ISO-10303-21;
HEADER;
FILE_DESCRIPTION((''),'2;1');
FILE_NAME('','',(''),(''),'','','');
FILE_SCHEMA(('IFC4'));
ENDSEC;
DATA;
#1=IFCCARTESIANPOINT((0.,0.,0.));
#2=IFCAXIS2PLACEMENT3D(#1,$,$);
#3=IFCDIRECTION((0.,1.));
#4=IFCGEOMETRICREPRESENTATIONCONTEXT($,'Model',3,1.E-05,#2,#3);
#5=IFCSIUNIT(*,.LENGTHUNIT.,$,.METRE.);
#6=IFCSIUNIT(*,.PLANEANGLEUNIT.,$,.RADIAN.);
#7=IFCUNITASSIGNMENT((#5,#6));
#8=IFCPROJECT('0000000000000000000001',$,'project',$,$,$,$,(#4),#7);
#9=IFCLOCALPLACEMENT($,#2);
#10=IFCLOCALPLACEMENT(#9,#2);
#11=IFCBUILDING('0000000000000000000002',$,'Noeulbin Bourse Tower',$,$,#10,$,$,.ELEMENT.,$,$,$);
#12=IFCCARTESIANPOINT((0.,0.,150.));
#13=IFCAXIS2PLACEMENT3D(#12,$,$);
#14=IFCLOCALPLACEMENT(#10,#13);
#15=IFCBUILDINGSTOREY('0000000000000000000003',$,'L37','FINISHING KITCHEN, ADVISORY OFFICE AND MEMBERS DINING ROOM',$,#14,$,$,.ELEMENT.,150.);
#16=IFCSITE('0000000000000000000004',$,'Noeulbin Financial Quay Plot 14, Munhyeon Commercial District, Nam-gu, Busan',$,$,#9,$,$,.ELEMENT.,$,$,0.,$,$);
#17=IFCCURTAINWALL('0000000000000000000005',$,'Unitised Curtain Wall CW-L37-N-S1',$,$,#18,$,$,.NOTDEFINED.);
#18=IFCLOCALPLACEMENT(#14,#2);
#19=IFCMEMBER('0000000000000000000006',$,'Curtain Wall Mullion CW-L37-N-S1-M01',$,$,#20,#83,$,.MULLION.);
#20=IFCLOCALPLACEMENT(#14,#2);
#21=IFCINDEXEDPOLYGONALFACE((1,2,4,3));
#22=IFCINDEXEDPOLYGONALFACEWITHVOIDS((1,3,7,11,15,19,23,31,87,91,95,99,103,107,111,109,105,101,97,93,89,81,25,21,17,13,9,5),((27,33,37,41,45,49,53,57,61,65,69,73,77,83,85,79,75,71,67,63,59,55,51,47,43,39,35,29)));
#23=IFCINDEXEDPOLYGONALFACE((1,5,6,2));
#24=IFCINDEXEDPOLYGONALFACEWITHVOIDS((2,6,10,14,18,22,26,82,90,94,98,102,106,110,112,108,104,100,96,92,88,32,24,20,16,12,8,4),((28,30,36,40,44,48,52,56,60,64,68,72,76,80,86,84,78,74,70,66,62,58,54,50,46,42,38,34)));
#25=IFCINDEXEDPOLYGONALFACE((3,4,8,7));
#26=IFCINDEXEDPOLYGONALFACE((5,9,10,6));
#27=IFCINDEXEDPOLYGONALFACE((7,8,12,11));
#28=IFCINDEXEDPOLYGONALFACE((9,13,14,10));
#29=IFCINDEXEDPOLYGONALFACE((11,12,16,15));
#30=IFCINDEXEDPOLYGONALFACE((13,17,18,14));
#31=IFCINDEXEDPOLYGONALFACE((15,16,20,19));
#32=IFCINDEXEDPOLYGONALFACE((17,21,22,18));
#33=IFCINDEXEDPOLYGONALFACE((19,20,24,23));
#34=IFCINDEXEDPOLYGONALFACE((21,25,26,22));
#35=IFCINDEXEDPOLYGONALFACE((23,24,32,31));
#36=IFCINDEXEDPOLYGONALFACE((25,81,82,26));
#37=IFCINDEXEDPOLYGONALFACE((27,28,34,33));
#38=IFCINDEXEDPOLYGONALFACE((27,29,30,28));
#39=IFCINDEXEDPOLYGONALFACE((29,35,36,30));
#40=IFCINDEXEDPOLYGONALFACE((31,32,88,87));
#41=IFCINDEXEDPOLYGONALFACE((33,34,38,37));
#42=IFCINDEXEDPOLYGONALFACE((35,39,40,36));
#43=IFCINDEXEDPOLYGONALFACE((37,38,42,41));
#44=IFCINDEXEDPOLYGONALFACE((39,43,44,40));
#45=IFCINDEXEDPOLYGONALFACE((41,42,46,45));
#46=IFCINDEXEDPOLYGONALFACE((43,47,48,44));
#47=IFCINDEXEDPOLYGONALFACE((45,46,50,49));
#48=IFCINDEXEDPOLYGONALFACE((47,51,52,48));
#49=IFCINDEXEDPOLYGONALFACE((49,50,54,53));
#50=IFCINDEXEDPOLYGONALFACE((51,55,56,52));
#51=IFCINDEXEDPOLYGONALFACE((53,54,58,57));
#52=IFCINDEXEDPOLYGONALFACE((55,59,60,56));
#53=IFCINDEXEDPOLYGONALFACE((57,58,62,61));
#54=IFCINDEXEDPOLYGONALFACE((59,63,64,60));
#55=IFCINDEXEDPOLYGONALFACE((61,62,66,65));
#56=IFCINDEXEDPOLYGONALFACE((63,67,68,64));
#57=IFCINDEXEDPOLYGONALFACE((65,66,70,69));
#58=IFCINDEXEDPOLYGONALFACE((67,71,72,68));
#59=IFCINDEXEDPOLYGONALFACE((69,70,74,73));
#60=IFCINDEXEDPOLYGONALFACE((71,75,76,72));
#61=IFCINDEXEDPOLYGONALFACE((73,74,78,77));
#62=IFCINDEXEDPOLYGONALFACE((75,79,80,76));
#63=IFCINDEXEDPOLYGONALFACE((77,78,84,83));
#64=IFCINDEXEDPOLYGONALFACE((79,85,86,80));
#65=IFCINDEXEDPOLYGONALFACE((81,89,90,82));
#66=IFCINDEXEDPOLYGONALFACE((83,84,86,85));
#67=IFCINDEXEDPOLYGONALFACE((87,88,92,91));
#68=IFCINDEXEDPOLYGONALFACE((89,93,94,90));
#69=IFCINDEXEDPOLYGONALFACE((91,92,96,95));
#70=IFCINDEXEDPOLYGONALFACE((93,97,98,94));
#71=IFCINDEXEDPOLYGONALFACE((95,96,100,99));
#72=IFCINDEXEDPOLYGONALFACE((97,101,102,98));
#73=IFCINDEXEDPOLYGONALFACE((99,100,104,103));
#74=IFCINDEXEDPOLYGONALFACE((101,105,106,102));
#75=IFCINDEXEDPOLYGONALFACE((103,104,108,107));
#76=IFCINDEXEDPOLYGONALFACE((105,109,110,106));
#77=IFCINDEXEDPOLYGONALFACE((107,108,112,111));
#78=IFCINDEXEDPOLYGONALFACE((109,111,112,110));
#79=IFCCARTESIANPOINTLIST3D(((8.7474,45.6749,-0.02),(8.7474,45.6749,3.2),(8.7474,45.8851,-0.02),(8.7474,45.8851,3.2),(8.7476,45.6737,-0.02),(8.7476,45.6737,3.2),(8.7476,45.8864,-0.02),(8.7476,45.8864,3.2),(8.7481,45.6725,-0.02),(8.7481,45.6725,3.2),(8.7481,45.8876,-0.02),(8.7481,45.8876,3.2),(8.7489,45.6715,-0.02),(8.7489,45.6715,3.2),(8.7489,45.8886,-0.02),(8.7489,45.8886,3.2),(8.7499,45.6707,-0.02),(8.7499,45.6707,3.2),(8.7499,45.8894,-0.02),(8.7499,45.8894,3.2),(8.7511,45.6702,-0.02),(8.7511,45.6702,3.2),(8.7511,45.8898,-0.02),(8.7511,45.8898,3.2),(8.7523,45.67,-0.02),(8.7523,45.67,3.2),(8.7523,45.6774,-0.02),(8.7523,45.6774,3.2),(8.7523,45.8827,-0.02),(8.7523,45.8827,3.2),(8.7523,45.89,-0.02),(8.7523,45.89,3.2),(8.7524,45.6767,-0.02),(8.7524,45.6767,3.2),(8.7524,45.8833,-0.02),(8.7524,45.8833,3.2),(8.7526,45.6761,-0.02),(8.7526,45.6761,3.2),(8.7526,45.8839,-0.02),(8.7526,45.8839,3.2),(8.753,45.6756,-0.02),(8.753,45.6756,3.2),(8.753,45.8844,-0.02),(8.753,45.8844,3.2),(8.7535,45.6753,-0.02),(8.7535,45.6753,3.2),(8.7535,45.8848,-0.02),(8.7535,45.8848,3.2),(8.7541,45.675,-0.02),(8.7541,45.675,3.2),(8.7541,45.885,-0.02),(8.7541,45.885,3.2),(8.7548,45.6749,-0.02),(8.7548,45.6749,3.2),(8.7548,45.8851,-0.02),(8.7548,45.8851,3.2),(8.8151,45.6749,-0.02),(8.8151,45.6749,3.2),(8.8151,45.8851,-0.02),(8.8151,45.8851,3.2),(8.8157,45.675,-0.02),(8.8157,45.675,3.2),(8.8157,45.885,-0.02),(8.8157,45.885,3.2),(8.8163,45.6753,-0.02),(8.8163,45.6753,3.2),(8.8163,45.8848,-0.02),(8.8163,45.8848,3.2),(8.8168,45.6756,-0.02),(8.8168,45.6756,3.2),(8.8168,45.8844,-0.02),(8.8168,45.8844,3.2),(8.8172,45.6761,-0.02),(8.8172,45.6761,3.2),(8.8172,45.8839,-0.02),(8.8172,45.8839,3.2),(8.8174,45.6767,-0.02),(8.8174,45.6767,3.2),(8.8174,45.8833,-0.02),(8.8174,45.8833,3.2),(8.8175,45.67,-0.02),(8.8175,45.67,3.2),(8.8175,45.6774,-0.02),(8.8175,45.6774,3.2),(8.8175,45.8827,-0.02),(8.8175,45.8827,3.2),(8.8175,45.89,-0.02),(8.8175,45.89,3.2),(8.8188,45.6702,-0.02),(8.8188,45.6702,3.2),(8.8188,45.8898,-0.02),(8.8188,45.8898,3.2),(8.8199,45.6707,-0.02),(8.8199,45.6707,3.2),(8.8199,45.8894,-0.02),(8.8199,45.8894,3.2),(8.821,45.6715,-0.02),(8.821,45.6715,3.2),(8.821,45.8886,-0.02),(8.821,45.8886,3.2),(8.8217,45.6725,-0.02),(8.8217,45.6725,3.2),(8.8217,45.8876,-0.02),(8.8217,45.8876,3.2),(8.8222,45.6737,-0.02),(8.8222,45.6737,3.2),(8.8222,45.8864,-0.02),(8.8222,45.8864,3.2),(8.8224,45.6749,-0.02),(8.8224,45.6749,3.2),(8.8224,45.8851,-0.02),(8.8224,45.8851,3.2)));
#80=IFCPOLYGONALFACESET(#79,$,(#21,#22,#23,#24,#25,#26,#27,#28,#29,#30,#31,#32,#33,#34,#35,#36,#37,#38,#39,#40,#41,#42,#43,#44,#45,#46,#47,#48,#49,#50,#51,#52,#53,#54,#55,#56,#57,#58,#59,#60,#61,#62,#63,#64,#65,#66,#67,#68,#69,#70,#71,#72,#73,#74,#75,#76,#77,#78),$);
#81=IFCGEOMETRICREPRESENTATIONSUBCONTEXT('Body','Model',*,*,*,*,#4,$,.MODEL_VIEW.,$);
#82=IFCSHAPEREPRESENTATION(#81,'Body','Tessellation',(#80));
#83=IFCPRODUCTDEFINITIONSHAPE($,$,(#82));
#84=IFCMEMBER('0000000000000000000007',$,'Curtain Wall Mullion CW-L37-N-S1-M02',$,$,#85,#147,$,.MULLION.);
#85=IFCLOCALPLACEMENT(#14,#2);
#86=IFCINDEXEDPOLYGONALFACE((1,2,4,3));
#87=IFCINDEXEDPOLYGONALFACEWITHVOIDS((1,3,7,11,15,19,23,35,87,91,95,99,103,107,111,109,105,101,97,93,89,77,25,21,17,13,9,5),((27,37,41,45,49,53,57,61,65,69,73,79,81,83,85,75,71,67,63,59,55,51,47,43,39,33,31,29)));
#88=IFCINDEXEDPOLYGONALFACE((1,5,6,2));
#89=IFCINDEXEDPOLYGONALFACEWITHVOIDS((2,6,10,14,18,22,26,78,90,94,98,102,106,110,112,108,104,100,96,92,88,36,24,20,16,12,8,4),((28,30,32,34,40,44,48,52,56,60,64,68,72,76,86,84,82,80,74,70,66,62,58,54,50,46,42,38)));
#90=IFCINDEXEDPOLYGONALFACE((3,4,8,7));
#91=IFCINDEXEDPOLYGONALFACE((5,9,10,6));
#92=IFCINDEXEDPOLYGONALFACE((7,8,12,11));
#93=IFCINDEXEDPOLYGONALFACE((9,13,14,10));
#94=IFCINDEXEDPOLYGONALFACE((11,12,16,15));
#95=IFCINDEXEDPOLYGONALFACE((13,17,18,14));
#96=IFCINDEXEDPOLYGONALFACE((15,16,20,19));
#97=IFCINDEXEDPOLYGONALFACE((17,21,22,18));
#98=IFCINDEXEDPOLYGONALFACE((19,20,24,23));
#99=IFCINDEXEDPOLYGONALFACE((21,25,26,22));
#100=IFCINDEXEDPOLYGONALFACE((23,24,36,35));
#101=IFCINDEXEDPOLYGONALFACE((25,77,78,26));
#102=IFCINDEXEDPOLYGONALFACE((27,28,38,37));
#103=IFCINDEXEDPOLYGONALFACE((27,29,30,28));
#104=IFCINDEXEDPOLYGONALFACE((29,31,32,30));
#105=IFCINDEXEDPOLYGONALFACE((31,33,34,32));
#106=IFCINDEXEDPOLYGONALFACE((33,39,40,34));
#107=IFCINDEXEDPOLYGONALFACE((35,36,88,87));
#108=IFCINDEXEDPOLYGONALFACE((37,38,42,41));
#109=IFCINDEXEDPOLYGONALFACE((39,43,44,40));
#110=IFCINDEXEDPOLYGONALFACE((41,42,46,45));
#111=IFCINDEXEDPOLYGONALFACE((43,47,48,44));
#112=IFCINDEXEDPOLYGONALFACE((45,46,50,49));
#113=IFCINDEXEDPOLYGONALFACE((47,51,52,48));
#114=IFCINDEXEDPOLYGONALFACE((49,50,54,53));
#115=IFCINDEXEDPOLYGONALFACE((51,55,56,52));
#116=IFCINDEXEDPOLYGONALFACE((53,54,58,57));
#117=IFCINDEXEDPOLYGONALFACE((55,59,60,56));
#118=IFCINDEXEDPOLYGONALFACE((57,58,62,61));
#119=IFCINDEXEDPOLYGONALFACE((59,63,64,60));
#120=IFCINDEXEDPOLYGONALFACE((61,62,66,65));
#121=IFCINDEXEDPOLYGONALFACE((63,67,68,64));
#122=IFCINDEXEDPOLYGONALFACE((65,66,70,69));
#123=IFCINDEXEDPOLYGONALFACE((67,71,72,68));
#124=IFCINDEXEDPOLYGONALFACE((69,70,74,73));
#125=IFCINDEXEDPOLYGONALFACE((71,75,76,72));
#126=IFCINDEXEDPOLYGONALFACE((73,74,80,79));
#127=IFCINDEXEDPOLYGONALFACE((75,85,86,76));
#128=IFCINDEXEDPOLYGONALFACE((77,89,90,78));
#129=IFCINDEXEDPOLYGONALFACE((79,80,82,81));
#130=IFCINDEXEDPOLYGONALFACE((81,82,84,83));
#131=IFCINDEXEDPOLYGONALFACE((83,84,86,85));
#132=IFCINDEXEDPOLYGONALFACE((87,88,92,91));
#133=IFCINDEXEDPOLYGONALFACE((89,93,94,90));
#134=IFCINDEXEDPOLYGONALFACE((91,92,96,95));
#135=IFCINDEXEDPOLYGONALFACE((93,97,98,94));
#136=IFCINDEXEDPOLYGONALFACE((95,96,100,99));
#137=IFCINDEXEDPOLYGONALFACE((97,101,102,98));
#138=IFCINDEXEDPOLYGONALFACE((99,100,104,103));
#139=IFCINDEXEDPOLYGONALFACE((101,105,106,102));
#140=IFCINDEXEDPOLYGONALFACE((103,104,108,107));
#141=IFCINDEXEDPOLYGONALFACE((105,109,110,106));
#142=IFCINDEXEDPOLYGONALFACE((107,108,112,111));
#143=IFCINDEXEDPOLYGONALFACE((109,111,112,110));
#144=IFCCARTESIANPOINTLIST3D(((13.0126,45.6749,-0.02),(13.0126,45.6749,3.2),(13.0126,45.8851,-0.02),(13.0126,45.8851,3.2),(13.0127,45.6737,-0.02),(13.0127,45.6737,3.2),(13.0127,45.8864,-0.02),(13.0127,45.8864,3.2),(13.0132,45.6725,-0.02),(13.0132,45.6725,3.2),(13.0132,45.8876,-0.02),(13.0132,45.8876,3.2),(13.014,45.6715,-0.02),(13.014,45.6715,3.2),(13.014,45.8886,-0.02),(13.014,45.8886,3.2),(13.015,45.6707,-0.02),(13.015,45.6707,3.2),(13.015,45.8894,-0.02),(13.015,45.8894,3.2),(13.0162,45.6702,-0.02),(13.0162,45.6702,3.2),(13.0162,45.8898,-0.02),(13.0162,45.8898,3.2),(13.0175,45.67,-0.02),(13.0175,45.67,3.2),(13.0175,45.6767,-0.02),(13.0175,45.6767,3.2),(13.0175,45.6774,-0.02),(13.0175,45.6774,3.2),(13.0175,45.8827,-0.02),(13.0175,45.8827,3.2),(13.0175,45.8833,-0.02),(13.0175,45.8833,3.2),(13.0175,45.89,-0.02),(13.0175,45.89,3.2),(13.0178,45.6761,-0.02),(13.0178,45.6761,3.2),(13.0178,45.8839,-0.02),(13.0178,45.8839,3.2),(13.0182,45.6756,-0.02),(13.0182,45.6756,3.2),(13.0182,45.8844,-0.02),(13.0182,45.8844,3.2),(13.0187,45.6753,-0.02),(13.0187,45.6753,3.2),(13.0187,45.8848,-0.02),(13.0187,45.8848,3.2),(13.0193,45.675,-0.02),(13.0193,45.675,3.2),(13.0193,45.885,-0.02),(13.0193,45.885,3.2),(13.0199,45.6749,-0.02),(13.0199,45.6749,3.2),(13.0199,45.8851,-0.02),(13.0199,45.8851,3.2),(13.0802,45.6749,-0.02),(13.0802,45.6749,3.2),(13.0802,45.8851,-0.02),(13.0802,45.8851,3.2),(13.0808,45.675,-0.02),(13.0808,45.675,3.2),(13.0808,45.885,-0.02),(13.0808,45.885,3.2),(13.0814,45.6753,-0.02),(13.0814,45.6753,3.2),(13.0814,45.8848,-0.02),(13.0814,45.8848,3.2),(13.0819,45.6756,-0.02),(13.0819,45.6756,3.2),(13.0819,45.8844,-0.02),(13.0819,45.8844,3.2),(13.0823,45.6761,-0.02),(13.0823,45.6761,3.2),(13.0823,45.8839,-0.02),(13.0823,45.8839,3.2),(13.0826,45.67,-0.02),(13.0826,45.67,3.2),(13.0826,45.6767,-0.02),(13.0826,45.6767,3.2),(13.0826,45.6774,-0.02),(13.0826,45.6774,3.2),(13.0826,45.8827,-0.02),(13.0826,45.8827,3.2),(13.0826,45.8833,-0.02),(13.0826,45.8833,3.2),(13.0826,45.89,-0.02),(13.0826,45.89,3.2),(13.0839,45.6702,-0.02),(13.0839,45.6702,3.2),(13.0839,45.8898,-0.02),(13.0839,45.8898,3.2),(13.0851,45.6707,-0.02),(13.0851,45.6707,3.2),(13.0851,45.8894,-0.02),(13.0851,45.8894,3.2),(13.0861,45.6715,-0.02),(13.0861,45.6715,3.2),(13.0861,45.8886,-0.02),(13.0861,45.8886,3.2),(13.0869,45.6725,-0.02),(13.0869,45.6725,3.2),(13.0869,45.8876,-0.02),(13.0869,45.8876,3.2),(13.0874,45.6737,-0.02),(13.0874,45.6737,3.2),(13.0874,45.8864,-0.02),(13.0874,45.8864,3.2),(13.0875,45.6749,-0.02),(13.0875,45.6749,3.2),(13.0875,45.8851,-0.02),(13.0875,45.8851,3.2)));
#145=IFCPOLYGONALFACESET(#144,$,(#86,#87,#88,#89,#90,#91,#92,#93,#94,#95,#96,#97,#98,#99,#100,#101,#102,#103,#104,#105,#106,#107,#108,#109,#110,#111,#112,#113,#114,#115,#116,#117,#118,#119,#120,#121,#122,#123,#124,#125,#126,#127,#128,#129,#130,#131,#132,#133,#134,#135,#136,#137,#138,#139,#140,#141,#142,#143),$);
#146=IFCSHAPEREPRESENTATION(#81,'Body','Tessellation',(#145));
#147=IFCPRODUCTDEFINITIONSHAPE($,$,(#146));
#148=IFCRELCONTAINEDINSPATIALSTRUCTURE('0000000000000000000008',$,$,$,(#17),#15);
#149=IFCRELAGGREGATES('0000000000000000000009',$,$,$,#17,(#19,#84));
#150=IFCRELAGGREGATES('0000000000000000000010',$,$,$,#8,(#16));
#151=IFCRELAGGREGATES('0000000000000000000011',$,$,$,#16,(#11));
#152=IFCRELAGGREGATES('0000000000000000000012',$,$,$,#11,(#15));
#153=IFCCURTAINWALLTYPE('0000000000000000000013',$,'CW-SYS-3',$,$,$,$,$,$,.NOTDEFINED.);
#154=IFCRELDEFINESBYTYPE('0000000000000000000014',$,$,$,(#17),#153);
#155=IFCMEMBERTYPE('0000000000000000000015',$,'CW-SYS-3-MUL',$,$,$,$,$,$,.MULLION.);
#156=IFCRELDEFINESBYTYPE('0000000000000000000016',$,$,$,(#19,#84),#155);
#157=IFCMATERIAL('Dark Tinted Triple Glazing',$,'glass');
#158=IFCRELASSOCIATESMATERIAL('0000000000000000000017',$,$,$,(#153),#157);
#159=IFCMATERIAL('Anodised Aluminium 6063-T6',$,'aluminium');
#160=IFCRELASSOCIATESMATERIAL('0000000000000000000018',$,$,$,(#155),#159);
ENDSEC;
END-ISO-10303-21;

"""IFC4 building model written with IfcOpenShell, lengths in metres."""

from ifc_helpers import new_model, si_unit, direction, frame, origin, origin_2d, place, context, subcontext, project, spatial, hollow_rectangle, extrude, material, material_profile, profile_set, type_object, element, aggregate, save


model = new_model("IFC4")

# Units and contexts
model_context = context("Model", 3, precision=1e-05, world=origin(), true_north=direction((0.0, 1.0)))
body_context = subcontext(model_context, "Body", "Model", "MODEL_VIEW")
ifc_project = project(units=[si_unit("LENGTHUNIT", "METRE"), si_unit("PLANEANGLEUNIT", "RADIAN")], contexts=[model_context])

# Site, building, storey
site_placement = place(None, origin())
site = spatial("IfcSite", under=ifc_project, at=site_placement, Name="Noeulbin Financial Quay Plot 14, Munhyeon Commercial District, Nam-gu, Busan", CompositionType="ELEMENT", RefElevation=0.0)
building_placement = place(site_placement, origin())
building = spatial("IfcBuilding", under=site, at=building_placement, Name="Noeulbin Bourse Tower", CompositionType="ELEMENT")
storey_placement = place(building_placement, frame((0.0, 0.0, 150.0)))
storey = spatial("IfcBuildingStorey", under=building, at=storey_placement, Name="L37", Description="FINISHING KITCHEN, ADVISORY OFFICE AND MEMBERS DINING ROOM", CompositionType="ELEMENT", Elevation=150.0)

# Curtain wall, members
ifc_material_1 = material(Name="Dark Tinted Triple Glazing", Category="glass")
curtain_wall_type = type_object("IfcCurtainWallType", Name="CW-SYS-3", PredefinedType="NOTDEFINED", material=ifc_material_1)
curtain_wall_1_placement = place(storey_placement, origin())
curtain_wall_1 = element("IfcCurtainWall", 1, at=curtain_wall_1_placement, inside=storey, type_object=curtain_wall_type, Name="Unitised Curtain Wall CW-L37-N-S1", PredefinedType="NOTDEFINED")
ifc_material_2 = material(Name="Anodised Aluminium 6063-T6", Category="aluminium")
ifc_material_profile_1 = material_profile(ifc_material_2, hollow_rectangle(XDim=0.075, YDim=0.22, WallThickness=0.0049, InnerFilletRadius=0.0024, OuterFilletRadius=0.0049, at=origin_2d()), Name="ALU-MULL-75x220x5", Category="LoadBearing")
ifc_profile_set_1 = profile_set([ifc_material_profile_1], Name="Anodised Aluminium 6063-T6")
member_type_1 = type_object("IfcMemberType", Name="CW-SYS-3-MUL", PredefinedType="MULLION", material=ifc_profile_set_1)
member_1_placement = place(storey_placement, frame((8.7849, 45.78, -0.02), z_axis=(0.0, 0.0, 1.0), x_axis=(1.0, 0.0, 0.0)))
member_1 = element("IfcMember", 2, at=member_1_placement, type_object=member_type_1, Name="Curtain Wall Mullion CW-L37-N-S1-M01", PredefinedType="MULLION", context=body_context, shape_type="SweptSolid", body=[
    extrude(hollow_rectangle(XDim=0.075, YDim=0.22, WallThickness=0.0049, InnerFilletRadius=0.0024, OuterFilletRadius=0.0049, at=origin_2d()), origin(), (0.0, 0.0, 1.0), 3.22),
])
member_2_placement = place(storey_placement, frame((13.05, 45.78, -0.02), z_axis=(0.0, 0.0, 1.0), x_axis=(1.0, 0.0, 0.0)))
member_2 = element("IfcMember", 3, at=member_2_placement, type_object=member_type_1, Name="Curtain Wall Mullion CW-L37-N-S1-M02", PredefinedType="MULLION", context=body_context, shape_type="SweptSolid", body=[
    extrude(hollow_rectangle(XDim=0.075, YDim=0.22, WallThickness=0.0049, InnerFilletRadius=0.0024, OuterFilletRadius=0.0049, at=origin_2d()), origin(), (0.0, 0.0, 1.0), 3.22),
])

aggregate(curtain_wall_1, [member_1, member_2])

save(model, "model.ifc")
